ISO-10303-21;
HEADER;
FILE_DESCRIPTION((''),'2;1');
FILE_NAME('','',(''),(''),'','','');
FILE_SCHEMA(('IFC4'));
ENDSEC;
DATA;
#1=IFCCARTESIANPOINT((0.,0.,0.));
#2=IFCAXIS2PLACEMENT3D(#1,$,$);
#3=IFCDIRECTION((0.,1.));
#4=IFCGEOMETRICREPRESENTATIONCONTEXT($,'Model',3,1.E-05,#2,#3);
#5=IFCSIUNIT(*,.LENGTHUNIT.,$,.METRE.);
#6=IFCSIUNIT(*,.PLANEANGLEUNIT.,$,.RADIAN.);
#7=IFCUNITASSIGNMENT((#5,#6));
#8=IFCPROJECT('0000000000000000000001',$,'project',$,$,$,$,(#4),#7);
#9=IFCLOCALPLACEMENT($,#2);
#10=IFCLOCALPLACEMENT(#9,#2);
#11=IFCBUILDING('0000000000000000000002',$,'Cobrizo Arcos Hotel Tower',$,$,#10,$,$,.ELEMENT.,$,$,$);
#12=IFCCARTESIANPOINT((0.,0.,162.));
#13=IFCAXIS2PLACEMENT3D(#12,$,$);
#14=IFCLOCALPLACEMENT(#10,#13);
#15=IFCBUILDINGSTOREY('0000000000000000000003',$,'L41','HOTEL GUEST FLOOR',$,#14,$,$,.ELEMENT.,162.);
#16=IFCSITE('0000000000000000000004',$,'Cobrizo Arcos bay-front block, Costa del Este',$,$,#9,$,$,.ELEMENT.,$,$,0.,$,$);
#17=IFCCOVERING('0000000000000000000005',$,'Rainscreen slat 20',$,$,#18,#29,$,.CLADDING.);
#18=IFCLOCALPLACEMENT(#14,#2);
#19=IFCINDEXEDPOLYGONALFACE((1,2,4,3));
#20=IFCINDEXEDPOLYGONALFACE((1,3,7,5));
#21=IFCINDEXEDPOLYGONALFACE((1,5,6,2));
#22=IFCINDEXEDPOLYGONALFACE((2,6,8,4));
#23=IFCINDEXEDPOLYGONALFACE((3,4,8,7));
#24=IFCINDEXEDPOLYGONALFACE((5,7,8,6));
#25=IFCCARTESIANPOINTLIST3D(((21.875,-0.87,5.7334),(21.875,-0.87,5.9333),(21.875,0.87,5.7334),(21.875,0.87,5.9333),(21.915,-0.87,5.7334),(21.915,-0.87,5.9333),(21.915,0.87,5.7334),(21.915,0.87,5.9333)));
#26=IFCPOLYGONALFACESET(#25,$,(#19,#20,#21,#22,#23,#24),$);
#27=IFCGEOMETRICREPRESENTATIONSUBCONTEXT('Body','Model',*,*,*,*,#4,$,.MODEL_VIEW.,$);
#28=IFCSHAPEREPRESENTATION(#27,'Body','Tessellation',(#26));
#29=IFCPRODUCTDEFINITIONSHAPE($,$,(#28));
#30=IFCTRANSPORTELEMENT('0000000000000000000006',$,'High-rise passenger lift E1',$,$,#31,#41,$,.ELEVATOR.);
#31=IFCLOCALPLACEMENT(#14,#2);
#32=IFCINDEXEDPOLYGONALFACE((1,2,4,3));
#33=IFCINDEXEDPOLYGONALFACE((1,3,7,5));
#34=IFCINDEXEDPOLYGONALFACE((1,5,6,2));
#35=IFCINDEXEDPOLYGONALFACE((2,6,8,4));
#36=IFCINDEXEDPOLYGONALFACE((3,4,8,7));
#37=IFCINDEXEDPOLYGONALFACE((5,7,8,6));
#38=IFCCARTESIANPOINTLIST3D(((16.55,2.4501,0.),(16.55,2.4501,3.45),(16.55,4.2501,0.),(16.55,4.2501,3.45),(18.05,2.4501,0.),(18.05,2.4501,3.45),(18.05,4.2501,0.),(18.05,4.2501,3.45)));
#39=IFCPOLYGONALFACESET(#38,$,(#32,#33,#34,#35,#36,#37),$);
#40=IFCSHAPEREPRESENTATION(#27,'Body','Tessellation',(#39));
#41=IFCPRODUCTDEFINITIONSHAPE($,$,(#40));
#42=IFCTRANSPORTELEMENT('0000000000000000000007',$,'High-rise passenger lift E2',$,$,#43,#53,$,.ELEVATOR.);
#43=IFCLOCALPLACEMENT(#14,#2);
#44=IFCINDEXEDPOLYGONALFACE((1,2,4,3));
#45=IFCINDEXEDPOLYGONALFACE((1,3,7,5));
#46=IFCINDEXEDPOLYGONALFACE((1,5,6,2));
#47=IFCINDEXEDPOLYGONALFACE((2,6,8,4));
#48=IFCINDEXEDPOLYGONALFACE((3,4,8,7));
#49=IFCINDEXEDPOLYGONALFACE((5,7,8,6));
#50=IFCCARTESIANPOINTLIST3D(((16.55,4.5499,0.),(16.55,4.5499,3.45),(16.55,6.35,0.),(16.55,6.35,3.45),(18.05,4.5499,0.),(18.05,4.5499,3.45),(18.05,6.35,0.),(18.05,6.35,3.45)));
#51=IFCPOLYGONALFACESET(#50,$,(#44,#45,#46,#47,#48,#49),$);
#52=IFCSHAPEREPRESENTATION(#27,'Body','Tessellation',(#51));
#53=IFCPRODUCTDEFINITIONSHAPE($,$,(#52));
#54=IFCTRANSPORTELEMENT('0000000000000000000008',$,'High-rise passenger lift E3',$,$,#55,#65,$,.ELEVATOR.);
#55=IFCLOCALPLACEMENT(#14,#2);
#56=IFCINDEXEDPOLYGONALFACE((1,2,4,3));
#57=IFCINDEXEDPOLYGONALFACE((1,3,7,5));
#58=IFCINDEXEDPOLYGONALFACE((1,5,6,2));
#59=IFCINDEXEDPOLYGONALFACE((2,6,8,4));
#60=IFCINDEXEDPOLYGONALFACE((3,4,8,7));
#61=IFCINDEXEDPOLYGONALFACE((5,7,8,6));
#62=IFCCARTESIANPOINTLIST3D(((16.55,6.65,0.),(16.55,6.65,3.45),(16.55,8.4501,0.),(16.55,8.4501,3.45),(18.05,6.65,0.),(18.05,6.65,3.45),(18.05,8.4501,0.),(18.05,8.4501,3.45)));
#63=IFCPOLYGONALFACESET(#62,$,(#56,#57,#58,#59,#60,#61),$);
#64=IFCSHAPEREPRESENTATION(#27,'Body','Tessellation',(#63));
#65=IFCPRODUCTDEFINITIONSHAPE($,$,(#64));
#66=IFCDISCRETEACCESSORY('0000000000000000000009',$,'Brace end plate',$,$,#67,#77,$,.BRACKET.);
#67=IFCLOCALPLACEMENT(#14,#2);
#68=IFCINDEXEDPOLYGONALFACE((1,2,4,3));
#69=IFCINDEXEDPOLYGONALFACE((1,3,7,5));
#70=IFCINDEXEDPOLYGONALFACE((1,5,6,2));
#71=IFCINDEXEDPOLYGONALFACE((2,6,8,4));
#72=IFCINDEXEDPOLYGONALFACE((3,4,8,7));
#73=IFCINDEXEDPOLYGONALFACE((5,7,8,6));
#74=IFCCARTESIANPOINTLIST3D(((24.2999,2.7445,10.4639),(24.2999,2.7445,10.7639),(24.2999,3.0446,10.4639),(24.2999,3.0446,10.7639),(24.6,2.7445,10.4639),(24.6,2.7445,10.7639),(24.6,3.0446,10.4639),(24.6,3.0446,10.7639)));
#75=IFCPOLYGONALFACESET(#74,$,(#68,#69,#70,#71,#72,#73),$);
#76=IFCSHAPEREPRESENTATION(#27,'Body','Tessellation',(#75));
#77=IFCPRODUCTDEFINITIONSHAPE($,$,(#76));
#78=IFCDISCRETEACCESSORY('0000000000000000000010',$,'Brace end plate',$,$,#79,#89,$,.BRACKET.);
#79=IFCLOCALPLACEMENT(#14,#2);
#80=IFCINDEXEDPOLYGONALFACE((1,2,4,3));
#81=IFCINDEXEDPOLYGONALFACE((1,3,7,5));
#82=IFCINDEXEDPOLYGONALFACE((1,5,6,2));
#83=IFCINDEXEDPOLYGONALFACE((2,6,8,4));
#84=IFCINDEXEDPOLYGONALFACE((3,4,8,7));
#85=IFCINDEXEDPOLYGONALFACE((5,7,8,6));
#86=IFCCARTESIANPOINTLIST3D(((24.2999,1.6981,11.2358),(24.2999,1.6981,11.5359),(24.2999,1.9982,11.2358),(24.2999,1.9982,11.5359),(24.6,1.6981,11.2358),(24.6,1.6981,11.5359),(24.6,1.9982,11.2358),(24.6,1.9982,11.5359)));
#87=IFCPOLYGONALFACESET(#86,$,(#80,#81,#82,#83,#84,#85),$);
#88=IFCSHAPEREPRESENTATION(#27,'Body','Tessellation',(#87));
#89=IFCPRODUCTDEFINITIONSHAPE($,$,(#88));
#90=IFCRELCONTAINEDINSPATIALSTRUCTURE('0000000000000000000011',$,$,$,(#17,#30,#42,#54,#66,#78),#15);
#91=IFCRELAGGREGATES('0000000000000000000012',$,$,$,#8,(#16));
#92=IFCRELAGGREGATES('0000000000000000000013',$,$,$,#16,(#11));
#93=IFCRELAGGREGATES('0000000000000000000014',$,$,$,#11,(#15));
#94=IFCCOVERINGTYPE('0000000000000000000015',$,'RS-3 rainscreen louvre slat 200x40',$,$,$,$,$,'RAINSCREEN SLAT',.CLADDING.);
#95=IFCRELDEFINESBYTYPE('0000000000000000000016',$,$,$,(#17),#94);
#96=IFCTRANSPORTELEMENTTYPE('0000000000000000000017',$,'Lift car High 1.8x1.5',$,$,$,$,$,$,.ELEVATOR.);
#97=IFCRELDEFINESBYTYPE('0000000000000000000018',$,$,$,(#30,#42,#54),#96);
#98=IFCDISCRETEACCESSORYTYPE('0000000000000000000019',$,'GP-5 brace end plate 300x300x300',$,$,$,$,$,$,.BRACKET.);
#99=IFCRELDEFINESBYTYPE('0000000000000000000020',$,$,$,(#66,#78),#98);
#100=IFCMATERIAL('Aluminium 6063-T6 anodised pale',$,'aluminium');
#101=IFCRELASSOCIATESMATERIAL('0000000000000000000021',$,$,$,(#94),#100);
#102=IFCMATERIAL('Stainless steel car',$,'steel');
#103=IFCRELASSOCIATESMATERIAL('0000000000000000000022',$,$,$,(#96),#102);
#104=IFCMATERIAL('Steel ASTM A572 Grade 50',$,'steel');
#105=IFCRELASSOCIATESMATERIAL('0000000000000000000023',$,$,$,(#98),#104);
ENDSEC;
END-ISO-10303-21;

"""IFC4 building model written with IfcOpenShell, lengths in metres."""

from ifc_helpers import new_model, si_unit, direction, frame, origin, origin_2d, place, context, subcontext, project, spatial, rectangle, extrude, material, type_object, element, save


model = new_model("IFC4")

# Units and contexts
model_context = context("Model", 3, precision=1e-05, world=origin(), true_north=direction((0.0, 1.0)))
body_context = subcontext(model_context, "Body", "Model", "MODEL_VIEW")
ifc_project = project(units=[si_unit("LENGTHUNIT", "METRE"), si_unit("PLANEANGLEUNIT", "RADIAN")], contexts=[model_context])

# Site, building, storey
site_placement = place(None, origin())
site = spatial("IfcSite", under=ifc_project, at=site_placement, Name="Cobrizo Arcos bay-front block, Costa del Este", CompositionType="ELEMENT", RefElevation=0.0)
building_placement = place(site_placement, origin())
building = spatial("IfcBuilding", under=site, at=building_placement, Name="Cobrizo Arcos Hotel Tower", CompositionType="ELEMENT")
storey_placement = place(building_placement, frame((0.0, 0.0, 162.0)))
storey = spatial("IfcBuildingStorey", under=building, at=storey_placement, Name="L41", Description="HOTEL GUEST FLOOR", CompositionType="ELEMENT", Elevation=162.0)

# Shared definitions
ifc_material_1 = material(Name="Steel ASTM A572 Grade 50", Category="steel")

# Covering
ifc_material_2 = material(Name="Aluminium 6063-T6 anodised pale", Category="aluminium")
covering_type_1 = type_object("IfcCoveringType", Name="RS-3 rainscreen louvre slat 200x40", ElementType="RAINSCREEN SLAT", PredefinedType="CLADDING", material=ifc_material_2)
for number, where, z_axis, x_axis, name in (
    (1, (21.895, 0.0, 5.7334), (0.0, 0.0, 1.0), (0.0, 1.0, 0.0), "Rainscreen slat 20"),
):
    element("IfcCovering", number, at=place(storey_placement, frame(where, z_axis=z_axis, x_axis=x_axis)), inside=storey, type_object=covering_type_1, Name=name, PredefinedType="CLADDING", context=body_context, shape_type="SweptSolid", body=[
        extrude(rectangle(XDim=1.74, YDim=0.04, at=origin_2d()), origin(), (0.0, 0.0, 1.0), 0.2),
    ])

# Transport elements
ifc_material_3 = material(Name="Stainless steel car", Category="steel")
transport_element_type = type_object("IfcTransportElementType", Name="Lift car High 1.8x1.5", PredefinedType="ELEVATOR", material=ifc_material_3)
for number, where, z_axis, x_axis, name in (
    (2, (17.3, 3.3501, 0.0), (0.0, 0.0, 1.0), (1.0, 0.0, 0.0), "High-rise passenger lift E1"),
    (3, (17.3, 5.45, 0.0), (0.0, 0.0, 1.0), (1.0, 0.0, 0.0), "High-rise passenger lift E2"),
    (4, (17.3, 7.55, 0.0), (0.0, 0.0, 1.0), (1.0, 0.0, 0.0), "High-rise passenger lift E3"),
):
    element("IfcTransportElement", number, at=place(storey_placement, frame(where, z_axis=z_axis, x_axis=x_axis)), inside=storey, type_object=transport_element_type, Name=name, PredefinedType="ELEVATOR", context=body_context, shape_type="SweptSolid", body=[
        extrude(rectangle(XDim=1.5, YDim=1.8, at=origin_2d()), origin(), (0.0, 0.0, 1.0), 3.45),
    ])

# Discrete accessories
discrete_accessory_type = type_object("IfcDiscreteAccessoryType", Name="GP-5 brace end plate 300x300x300", PredefinedType="BRACKET", material=ifc_material_1)
for number, where, z_axis, x_axis, name in (
    (5, (24.45, 2.8945, 10.4639), (0.0, 0.0, 1.0), (1.0, 0.0, 0.0), "Brace end plate"),
    (6, (24.45, 1.8481, 11.2358), (0.0, 0.0, 1.0), (1.0, 0.0, 0.0), "Brace end plate"),
):
    element("IfcDiscreteAccessory", number, at=place(storey_placement, frame(where, z_axis=z_axis, x_axis=x_axis)), inside=storey, type_object=discrete_accessory_type, Name=name, PredefinedType="BRACKET", context=body_context, shape_type="SweptSolid", body=[
        extrude(rectangle(XDim=0.3, YDim=0.3, at=origin_2d()), origin(), (0.0, 0.0, 1.0), 0.3),
    ])

save(model, "model.ifc")
